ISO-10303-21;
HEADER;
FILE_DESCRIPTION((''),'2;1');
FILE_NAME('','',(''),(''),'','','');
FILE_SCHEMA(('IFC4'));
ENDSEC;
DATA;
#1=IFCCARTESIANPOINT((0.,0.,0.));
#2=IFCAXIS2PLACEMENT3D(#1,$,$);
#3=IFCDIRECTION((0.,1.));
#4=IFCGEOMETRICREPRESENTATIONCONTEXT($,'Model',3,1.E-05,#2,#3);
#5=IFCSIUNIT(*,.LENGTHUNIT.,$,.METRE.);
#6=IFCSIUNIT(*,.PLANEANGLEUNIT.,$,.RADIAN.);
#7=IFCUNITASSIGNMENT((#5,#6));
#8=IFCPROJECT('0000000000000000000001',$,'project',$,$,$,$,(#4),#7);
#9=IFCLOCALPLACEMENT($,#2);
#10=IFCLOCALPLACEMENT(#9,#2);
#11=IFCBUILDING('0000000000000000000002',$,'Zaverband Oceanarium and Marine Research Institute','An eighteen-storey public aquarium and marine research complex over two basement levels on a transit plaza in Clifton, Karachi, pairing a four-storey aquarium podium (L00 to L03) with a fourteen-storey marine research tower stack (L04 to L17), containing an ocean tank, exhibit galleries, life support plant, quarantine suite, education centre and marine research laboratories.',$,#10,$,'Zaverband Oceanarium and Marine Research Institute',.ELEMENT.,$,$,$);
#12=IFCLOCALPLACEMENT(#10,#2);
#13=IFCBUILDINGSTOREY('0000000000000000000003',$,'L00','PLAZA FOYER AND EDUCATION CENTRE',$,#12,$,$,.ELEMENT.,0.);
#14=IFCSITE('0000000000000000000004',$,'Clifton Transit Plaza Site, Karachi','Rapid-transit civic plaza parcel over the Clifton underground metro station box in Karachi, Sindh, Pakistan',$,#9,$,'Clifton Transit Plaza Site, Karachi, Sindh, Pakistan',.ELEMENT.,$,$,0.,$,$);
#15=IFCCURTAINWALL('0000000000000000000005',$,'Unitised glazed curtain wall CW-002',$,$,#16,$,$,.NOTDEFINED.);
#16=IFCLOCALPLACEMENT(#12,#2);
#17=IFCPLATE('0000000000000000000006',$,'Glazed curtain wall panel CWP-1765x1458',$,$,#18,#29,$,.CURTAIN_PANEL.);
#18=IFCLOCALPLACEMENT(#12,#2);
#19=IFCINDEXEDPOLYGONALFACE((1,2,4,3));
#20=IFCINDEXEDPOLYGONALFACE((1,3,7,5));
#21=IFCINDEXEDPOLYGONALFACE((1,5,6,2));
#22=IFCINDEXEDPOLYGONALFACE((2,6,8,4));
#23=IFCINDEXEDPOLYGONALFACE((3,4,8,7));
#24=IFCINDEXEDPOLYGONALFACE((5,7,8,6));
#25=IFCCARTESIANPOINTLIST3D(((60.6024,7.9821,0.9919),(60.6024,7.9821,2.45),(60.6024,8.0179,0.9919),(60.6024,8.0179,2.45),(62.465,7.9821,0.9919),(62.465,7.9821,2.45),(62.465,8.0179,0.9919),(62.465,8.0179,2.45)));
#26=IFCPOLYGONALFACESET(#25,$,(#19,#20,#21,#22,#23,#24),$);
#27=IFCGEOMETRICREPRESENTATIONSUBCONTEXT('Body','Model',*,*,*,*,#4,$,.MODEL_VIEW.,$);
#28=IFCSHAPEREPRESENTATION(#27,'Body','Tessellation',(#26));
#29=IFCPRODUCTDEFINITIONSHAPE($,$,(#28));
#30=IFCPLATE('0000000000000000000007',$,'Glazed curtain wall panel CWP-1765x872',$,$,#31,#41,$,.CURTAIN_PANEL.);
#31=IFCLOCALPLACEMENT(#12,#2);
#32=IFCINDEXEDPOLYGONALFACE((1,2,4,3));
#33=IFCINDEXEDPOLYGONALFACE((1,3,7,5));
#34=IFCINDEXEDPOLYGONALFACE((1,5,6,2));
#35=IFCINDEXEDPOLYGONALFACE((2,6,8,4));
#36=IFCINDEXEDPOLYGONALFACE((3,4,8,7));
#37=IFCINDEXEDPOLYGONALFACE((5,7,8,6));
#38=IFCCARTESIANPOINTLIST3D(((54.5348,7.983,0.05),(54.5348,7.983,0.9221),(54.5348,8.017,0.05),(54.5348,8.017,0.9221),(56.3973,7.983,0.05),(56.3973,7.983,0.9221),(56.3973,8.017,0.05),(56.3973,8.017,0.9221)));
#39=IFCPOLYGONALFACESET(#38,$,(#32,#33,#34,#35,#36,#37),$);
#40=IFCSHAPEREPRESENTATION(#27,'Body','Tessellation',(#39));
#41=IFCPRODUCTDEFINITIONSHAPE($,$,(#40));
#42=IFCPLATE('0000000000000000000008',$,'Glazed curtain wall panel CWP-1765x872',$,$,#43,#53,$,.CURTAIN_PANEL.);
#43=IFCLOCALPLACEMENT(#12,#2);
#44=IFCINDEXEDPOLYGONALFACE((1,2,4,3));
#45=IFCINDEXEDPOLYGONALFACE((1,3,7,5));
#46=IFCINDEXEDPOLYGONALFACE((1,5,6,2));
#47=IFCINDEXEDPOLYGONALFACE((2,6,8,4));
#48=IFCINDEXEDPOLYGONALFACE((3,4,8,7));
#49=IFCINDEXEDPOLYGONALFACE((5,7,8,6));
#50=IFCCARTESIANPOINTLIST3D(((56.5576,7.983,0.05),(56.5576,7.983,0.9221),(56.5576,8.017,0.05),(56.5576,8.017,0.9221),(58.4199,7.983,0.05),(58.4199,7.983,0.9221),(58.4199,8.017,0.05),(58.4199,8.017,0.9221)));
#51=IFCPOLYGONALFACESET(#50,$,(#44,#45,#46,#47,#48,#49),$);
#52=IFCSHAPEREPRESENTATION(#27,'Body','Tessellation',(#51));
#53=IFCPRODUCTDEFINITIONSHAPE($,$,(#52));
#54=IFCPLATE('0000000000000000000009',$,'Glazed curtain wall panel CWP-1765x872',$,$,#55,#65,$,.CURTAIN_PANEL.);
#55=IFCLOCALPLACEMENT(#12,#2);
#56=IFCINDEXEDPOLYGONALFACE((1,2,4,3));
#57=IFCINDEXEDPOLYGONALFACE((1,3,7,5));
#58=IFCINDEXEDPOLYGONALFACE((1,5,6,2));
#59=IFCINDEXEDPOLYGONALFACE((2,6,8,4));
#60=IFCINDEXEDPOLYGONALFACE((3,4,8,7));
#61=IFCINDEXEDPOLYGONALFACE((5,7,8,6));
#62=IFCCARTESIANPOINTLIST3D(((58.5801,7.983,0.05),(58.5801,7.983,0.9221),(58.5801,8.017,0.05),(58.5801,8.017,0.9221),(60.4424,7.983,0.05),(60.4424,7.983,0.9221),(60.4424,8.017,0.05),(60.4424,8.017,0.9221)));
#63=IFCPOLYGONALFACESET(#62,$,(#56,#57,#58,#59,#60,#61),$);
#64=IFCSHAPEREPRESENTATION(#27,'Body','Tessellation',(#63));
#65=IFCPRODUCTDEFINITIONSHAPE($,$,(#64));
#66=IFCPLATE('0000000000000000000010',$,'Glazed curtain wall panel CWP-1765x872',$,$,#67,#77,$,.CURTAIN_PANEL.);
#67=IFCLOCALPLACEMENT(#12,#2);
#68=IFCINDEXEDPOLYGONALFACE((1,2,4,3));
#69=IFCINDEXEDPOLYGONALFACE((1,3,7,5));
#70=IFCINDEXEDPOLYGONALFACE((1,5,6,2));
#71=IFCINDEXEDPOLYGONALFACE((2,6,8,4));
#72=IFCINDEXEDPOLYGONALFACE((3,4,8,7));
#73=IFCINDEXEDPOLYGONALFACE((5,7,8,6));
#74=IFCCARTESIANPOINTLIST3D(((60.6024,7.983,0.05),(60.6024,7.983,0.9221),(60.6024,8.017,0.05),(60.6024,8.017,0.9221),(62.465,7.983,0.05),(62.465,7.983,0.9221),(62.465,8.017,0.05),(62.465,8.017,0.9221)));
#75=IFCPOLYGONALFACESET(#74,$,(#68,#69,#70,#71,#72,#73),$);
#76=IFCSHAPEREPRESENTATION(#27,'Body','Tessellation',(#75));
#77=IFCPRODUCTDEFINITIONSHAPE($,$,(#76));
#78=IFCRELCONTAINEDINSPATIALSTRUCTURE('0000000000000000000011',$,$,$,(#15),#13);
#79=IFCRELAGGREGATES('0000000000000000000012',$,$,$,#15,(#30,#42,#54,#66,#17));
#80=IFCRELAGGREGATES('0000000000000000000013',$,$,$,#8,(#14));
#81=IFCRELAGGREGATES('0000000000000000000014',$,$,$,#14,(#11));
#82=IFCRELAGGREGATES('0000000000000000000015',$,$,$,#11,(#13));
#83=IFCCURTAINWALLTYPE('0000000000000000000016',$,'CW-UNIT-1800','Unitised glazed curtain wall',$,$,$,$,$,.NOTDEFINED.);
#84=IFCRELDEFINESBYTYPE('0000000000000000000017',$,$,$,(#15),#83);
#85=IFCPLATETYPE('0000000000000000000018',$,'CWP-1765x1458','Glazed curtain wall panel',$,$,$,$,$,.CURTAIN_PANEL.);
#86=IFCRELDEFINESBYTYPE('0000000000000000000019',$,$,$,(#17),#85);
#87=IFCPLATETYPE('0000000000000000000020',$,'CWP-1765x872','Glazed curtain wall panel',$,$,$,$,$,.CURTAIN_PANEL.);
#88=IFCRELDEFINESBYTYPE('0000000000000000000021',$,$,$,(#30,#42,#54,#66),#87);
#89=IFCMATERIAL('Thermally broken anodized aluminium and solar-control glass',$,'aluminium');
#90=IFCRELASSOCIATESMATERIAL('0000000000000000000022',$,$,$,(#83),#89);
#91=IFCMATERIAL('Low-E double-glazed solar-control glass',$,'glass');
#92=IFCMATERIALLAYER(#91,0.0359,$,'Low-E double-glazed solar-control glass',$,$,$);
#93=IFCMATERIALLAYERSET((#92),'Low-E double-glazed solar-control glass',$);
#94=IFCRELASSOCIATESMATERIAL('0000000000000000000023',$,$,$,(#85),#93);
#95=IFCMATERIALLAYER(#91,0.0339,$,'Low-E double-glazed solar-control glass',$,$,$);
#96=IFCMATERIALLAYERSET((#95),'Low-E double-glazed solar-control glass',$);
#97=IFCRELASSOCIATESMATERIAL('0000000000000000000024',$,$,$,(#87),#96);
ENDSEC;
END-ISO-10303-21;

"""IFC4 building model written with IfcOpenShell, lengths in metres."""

from ifc_helpers import new_model, si_unit, direction, frame, frame_2d, origin, place, context, subcontext, project, spatial, rectangle, extrude, material, layer, layer_set, type_object, element, aggregate, save


model = new_model("IFC4")

# Units and contexts
model_context = context("Model", 3, precision=1e-05, world=origin(), true_north=direction((0.0, 1.0)))
body_context = subcontext(model_context, "Body", "Model", "MODEL_VIEW")
ifc_project = project(units=[si_unit("LENGTHUNIT", "METRE"), si_unit("PLANEANGLEUNIT", "RADIAN")], contexts=[model_context])

# Site, building, storey
site_placement = place(None, origin())
site = spatial("IfcSite", under=ifc_project, at=site_placement, Name="Clifton Transit Plaza Site, Karachi", Description="Rapid-transit civic plaza parcel over the Clifton underground metro station box in Karachi, Sindh, Pakistan", LongName="Clifton Transit Plaza Site, Karachi, Sindh, Pakistan", CompositionType="ELEMENT", RefElevation=0.0)
building_placement = place(site_placement, origin())
building = spatial("IfcBuilding", under=site, at=building_placement, Name="Zaverband Oceanarium and Marine Research Institute", Description="An eighteen-storey public aquarium and marine research complex over two basement levels on a transit plaza in Clifton, Karachi, pairing a four-storey aquarium podium (L00 to L03) with a fourteen-storey marine research tower stack (L04 to L17), containing an ocean tank, exhibit galleries, life support plant, quarantine suite, education centre and marine research laboratories.", LongName="Zaverband Oceanarium and Marine Research Institute", CompositionType="ELEMENT")
storey_placement = place(building_placement, origin())
storey = spatial("IfcBuildingStorey", under=building, at=storey_placement, Name="L00", Description="PLAZA FOYER AND EDUCATION CENTRE", CompositionType="ELEMENT", Elevation=0.0)

# Curtain wall
ifc_material_1 = material(Name="Thermally broken anodized aluminium and solar-control glass", Category="aluminium")
curtain_wall_type = type_object("IfcCurtainWallType", Name="CW-UNIT-1800", Description="Unitised glazed curtain wall", PredefinedType="NOTDEFINED", material=ifc_material_1)
curtain_wall_placement = place(storey_placement, origin())
curtain_wall = element("IfcCurtainWall", 1, at=curtain_wall_placement, inside=storey, type_object=curtain_wall_type, Name="Unitised glazed curtain wall CW-002", PredefinedType="NOTDEFINED")

# Plates
ifc_material_2 = material(Name="Low-E double-glazed solar-control glass", Category="glass")
ifc_layer_1 = layer(ifc_material_2, 0.0359, Name="Low-E double-glazed solar-control glass")
ifc_layer_set_1 = layer_set([ifc_layer_1], Name="Low-E double-glazed solar-control glass")
plate_type_1 = type_object("IfcPlateType", Name="CWP-1765x1458", Description="Glazed curtain wall panel", PredefinedType="CURTAIN_PANEL", material=ifc_layer_set_1)
plate_1_placement = place(storey_placement, frame((60.6025, 8.0, 0.9919), z_axis=(0.0, 0.0, 1.0), x_axis=(1.0, 0.0, 0.0)))
plate_1 = element("IfcPlate", 2, at=plate_1_placement, type_object=plate_type_1, Name="Glazed curtain wall panel CWP-1765x1458", PredefinedType="CURTAIN_PANEL", context=body_context, shape_type="SweptSolid", body=[
    extrude(rectangle(XDim=1.8625, YDim=0.0359, at=frame_2d((0.9312, 0.0))), origin(), (0.0, 0.0, 1.0), 1.458),
])
ifc_layer_2 = layer(ifc_material_2, 0.0339, Name="Low-E double-glazed solar-control glass")
ifc_layer_set_2 = layer_set([ifc_layer_2], Name="Low-E double-glazed solar-control glass")
plate_type_2 = type_object("IfcPlateType", Name="CWP-1765x872", Description="Glazed curtain wall panel", PredefinedType="CURTAIN_PANEL", material=ifc_layer_set_2)
plate_2_placement = place(storey_placement, frame((54.5349, 8.0, 0.05), z_axis=(0.0, 0.0, 1.0), x_axis=(1.0, 0.0, 0.0)))
plate_2 = element("IfcPlate", 3, at=plate_2_placement, type_object=plate_type_2, Name="Glazed curtain wall panel CWP-1765x872", PredefinedType="CURTAIN_PANEL", context=body_context, shape_type="SweptSolid", body=[
    extrude(rectangle(XDim=1.8625, YDim=0.0339, at=frame_2d((0.9312, 0.0))), origin(), (0.0, 0.0, 1.0), 0.8721),
])
plate_3_placement = place(storey_placement, frame((56.5576, 8.0, 0.05), z_axis=(0.0, 0.0, 1.0), x_axis=(1.0, 0.0, 0.0)))
plate_3 = element("IfcPlate", 4, at=plate_3_placement, type_object=plate_type_2, Name="Glazed curtain wall panel CWP-1765x872", PredefinedType="CURTAIN_PANEL", context=body_context, shape_type="SweptSolid", body=[
    extrude(rectangle(XDim=1.8623, YDim=0.0339, at=frame_2d((0.9312, 0.0))), origin(), (0.0, 0.0, 1.0), 0.8721),
])
plate_4_placement = place(storey_placement, frame((58.5801, 8.0, 0.05), z_axis=(0.0, 0.0, 1.0), x_axis=(1.0, 0.0, 0.0)))
plate_4 = element("IfcPlate", 5, at=plate_4_placement, type_object=plate_type_2, Name="Glazed curtain wall panel CWP-1765x872", PredefinedType="CURTAIN_PANEL", context=body_context, shape_type="SweptSolid", body=[
    extrude(rectangle(XDim=1.8623, YDim=0.0339, at=frame_2d((0.9312, 0.0))), origin(), (0.0, 0.0, 1.0), 0.8721),
])
plate_5_placement = place(storey_placement, frame((60.6025, 8.0, 0.05), z_axis=(0.0, 0.0, 1.0), x_axis=(1.0, 0.0, 0.0)))
plate_5 = element("IfcPlate", 6, at=plate_5_placement, type_object=plate_type_2, Name="Glazed curtain wall panel CWP-1765x872", PredefinedType="CURTAIN_PANEL", context=body_context, shape_type="SweptSolid", body=[
    extrude(rectangle(XDim=1.8625, YDim=0.0339, at=frame_2d((0.9312, 0.0))), origin(), (0.0, 0.0, 1.0), 0.8721),
])
aggregate(curtain_wall, [plate_2, plate_3, plate_4, plate_5, plate_1])

save(model, "model.ifc")
